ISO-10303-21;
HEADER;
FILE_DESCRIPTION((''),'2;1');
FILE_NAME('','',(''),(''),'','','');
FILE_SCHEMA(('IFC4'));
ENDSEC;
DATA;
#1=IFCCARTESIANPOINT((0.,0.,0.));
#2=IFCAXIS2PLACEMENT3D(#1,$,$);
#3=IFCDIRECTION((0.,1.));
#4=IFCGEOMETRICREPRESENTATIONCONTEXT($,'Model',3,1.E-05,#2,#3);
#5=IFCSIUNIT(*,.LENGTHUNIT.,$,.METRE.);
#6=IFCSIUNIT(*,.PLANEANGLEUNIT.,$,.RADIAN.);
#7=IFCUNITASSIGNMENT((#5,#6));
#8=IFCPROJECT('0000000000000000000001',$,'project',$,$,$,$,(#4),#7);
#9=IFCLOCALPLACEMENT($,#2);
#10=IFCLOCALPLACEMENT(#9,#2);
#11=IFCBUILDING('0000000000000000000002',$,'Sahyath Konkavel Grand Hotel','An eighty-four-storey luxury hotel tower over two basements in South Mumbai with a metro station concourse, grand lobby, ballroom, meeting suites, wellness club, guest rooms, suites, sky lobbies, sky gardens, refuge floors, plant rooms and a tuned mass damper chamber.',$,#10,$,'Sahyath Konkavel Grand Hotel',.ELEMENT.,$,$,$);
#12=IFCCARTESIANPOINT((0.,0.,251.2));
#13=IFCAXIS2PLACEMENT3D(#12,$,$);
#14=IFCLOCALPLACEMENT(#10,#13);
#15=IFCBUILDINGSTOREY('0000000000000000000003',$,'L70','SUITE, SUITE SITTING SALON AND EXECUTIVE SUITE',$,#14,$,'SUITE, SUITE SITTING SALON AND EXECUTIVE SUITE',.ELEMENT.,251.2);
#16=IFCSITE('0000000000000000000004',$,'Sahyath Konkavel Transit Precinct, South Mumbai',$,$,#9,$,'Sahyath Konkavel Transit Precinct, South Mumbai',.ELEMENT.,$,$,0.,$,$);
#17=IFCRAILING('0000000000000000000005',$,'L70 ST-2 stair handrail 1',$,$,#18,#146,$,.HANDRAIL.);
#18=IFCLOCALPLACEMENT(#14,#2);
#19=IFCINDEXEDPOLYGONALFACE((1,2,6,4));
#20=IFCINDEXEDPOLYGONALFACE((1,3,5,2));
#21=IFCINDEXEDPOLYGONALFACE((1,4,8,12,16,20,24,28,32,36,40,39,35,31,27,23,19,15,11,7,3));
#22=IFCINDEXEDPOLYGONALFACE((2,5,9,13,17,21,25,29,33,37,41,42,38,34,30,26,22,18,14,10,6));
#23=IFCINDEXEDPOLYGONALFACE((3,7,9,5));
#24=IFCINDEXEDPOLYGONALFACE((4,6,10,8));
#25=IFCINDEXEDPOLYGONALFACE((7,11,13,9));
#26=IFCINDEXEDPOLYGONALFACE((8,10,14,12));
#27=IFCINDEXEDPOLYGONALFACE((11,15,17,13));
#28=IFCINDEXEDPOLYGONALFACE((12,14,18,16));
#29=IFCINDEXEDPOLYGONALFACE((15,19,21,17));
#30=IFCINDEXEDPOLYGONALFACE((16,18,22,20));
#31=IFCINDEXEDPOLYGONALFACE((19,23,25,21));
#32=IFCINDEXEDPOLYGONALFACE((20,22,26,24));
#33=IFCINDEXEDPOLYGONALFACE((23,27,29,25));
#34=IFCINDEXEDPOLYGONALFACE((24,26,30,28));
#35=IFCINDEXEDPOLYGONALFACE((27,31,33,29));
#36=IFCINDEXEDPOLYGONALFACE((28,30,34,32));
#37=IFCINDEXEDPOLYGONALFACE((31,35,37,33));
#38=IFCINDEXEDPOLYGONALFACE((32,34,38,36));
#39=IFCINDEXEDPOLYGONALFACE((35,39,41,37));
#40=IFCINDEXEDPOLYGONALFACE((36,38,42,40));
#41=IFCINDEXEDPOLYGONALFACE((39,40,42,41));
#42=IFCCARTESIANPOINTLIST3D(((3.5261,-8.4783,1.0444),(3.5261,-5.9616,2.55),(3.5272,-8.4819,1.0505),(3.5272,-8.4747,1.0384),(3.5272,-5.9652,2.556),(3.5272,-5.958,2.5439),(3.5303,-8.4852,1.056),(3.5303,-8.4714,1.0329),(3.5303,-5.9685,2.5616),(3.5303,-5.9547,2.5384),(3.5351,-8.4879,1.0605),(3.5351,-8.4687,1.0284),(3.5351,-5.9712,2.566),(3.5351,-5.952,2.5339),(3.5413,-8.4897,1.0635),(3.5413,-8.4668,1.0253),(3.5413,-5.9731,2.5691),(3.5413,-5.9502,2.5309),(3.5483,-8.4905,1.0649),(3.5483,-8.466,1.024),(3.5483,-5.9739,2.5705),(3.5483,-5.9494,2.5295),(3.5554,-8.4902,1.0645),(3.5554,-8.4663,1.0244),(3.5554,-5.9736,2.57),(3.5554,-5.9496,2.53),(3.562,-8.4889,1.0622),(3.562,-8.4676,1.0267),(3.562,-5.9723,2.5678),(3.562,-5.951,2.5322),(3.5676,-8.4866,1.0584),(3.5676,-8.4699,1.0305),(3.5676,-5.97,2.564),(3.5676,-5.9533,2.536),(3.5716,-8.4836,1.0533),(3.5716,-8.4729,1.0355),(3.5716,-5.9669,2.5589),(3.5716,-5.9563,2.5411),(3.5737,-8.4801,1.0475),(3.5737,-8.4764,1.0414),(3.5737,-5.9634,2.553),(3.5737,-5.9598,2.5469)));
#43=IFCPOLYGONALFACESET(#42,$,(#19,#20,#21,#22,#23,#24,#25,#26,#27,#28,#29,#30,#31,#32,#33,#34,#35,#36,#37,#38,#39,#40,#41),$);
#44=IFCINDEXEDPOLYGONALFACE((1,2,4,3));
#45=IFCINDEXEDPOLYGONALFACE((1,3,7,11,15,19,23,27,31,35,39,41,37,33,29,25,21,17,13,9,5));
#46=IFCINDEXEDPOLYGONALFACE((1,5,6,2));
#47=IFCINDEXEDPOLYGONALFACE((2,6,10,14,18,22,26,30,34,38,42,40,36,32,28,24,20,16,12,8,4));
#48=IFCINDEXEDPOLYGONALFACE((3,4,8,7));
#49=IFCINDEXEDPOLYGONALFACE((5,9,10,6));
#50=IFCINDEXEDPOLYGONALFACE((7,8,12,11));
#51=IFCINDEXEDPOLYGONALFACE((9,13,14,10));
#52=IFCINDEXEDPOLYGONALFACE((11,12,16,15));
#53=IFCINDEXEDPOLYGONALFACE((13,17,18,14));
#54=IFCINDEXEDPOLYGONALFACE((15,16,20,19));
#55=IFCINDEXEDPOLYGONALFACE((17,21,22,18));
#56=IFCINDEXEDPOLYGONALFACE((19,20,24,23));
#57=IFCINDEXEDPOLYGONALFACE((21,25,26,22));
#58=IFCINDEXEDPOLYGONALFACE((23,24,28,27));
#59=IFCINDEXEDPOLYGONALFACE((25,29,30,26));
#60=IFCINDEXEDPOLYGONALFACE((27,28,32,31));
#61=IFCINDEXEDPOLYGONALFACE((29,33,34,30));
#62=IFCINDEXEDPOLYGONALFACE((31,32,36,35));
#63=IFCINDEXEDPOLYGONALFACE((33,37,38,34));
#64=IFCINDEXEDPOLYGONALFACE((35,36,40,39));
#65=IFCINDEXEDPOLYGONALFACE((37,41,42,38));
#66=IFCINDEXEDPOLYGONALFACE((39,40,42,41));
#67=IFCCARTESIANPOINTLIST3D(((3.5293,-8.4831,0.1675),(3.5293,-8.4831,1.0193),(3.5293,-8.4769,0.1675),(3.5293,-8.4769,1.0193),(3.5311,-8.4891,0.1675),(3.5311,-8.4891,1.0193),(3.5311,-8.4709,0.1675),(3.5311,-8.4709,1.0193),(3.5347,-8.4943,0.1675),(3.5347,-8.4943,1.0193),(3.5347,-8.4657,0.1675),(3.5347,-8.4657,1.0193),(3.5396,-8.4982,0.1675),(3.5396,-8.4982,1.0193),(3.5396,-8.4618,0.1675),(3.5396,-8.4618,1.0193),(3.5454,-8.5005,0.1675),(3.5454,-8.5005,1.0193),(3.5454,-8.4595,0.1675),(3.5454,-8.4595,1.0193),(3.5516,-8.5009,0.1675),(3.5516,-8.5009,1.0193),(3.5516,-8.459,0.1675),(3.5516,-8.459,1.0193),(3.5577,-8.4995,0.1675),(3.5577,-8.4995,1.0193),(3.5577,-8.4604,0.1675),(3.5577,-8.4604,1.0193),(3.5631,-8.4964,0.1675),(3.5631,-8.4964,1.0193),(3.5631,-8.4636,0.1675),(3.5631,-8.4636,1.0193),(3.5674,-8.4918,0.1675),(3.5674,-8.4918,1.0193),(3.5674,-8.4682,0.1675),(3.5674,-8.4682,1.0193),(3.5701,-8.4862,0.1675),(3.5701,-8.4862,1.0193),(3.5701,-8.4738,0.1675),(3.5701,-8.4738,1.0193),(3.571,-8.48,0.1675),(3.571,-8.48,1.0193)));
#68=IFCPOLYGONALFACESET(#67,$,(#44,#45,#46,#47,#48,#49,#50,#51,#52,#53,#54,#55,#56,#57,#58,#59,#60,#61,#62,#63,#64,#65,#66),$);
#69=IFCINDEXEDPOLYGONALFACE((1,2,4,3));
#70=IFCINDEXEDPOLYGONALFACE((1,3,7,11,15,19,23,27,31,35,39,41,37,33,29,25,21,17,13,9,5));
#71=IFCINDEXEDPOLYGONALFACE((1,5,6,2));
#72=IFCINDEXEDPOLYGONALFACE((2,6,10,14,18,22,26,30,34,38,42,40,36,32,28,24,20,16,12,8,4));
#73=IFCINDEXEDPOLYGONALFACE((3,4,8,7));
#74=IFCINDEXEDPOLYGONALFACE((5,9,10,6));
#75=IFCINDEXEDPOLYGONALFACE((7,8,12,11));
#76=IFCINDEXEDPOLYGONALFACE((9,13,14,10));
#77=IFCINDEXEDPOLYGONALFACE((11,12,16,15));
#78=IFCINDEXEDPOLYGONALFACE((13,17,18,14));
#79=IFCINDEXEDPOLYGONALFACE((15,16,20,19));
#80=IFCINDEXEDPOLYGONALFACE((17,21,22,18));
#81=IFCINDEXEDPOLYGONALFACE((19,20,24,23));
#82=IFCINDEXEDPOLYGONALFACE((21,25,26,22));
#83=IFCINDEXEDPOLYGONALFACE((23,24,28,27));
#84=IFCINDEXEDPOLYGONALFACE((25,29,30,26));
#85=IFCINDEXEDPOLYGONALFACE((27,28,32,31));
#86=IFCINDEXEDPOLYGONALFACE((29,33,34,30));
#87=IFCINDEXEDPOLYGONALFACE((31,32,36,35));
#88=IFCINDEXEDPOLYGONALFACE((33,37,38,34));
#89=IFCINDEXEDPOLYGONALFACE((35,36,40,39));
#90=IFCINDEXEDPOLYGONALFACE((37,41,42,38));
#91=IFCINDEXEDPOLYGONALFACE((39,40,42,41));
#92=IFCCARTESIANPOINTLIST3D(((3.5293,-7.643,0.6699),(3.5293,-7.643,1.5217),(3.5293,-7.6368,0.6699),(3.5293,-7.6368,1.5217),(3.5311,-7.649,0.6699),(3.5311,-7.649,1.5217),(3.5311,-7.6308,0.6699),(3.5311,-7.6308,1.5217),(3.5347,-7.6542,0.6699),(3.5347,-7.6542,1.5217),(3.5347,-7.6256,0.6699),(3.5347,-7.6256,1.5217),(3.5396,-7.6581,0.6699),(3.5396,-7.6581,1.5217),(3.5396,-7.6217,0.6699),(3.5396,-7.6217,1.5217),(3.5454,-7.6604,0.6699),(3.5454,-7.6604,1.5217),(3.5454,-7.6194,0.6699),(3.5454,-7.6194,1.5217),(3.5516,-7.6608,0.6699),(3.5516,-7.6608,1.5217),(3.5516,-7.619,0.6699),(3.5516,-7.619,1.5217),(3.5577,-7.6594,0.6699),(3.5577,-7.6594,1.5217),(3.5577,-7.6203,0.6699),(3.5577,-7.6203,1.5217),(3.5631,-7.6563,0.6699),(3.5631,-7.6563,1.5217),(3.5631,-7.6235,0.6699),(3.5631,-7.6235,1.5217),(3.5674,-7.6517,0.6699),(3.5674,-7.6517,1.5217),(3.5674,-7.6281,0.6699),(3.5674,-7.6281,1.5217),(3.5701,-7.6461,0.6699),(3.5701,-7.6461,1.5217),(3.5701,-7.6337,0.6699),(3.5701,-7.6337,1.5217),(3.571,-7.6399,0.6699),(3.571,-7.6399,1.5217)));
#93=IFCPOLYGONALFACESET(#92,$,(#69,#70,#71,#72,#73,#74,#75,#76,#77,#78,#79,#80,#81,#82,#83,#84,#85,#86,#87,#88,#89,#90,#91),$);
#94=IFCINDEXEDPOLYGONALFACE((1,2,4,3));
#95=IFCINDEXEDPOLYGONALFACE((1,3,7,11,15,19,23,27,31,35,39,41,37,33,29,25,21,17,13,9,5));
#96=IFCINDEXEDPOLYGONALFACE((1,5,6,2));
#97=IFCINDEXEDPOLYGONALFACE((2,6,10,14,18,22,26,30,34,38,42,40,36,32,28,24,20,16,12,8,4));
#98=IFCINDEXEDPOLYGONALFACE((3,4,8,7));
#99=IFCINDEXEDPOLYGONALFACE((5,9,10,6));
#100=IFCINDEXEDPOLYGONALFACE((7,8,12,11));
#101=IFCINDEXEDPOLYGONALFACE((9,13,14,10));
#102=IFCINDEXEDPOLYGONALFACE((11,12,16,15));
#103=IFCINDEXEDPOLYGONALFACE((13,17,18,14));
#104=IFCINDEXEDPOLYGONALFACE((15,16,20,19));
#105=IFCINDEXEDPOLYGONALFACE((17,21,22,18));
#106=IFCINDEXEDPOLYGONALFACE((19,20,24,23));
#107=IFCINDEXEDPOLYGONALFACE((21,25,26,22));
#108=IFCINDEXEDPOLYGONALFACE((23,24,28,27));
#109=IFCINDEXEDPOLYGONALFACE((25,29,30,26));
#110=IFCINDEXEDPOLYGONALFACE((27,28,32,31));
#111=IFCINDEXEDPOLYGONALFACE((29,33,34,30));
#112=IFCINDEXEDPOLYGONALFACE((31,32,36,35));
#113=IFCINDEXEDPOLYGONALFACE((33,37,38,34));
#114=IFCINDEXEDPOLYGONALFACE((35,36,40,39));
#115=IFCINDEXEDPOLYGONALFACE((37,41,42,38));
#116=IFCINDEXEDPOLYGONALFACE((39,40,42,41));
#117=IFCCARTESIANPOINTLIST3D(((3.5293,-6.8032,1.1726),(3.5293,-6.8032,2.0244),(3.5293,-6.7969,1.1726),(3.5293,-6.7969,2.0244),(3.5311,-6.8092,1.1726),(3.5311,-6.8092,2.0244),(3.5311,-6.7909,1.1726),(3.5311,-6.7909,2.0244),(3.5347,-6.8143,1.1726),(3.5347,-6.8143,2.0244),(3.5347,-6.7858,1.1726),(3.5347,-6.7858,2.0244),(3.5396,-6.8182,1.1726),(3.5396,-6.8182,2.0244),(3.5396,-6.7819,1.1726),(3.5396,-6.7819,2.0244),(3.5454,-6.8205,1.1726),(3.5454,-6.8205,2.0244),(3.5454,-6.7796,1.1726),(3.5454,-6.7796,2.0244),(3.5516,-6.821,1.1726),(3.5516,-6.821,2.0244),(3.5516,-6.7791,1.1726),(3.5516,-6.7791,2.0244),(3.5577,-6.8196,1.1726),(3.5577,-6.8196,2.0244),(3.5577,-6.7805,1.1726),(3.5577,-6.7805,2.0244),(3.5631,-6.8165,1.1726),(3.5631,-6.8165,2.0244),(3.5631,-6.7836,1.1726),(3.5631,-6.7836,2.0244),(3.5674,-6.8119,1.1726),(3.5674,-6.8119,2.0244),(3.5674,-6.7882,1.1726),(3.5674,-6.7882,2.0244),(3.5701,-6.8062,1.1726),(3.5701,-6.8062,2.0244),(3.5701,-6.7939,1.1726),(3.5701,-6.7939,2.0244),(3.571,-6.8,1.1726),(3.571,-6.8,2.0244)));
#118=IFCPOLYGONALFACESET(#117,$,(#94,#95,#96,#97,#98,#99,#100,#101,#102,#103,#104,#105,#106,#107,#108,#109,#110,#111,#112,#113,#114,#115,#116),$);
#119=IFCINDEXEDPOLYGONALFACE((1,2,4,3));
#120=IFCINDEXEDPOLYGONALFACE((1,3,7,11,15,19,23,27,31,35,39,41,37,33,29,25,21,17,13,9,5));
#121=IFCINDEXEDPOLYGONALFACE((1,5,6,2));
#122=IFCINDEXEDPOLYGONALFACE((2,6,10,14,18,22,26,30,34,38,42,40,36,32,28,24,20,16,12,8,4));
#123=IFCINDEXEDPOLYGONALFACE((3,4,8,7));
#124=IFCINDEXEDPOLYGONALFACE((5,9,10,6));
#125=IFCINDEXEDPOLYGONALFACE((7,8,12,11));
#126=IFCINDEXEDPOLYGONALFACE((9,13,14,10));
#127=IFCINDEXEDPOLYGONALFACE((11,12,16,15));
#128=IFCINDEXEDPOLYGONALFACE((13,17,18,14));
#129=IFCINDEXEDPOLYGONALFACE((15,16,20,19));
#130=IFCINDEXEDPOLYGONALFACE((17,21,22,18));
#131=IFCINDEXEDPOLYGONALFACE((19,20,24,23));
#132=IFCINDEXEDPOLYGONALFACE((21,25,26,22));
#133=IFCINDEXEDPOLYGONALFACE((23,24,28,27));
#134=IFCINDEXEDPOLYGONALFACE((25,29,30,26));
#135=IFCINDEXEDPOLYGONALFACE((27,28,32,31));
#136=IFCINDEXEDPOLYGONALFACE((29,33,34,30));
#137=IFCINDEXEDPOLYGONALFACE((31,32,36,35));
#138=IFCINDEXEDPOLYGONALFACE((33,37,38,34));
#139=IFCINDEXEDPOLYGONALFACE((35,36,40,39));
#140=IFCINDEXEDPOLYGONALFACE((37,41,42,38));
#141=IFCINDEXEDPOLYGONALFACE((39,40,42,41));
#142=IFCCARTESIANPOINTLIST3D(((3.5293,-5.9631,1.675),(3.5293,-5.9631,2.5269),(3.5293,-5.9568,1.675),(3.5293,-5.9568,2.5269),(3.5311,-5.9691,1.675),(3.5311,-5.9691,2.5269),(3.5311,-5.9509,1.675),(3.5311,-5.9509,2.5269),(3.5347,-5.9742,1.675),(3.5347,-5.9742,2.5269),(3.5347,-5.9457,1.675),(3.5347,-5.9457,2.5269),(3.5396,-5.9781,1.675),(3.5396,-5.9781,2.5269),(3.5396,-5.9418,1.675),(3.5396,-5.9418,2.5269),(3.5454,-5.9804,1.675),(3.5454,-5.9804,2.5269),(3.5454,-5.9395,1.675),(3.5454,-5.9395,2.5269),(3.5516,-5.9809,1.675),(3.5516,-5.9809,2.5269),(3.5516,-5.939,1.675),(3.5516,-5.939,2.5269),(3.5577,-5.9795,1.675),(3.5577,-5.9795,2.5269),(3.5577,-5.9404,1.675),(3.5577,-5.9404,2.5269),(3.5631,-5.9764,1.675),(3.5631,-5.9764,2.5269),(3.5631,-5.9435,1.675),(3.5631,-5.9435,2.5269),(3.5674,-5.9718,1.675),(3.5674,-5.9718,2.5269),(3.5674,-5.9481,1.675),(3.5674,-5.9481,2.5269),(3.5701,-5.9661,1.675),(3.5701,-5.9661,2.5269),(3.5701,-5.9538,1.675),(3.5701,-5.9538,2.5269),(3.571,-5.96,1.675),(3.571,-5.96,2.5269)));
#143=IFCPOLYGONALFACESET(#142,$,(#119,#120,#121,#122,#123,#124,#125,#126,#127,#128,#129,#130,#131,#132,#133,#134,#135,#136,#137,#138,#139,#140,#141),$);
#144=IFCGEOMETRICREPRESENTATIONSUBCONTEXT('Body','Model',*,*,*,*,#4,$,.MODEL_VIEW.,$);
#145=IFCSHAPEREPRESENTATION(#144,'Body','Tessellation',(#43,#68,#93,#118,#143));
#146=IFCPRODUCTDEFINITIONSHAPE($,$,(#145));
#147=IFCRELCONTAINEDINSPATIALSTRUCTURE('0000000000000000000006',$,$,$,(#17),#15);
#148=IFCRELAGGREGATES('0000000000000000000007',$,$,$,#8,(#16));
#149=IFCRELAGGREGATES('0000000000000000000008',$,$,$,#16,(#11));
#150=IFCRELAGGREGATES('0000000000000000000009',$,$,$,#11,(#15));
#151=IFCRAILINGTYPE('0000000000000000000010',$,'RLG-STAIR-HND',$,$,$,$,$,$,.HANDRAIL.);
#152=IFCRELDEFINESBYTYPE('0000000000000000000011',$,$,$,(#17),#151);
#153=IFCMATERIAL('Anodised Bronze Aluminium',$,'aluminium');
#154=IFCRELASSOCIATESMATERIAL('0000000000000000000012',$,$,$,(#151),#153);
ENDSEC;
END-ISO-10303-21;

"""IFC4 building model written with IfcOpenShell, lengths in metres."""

from ifc_helpers import new_model, si_unit, direction, frame, origin, origin_2d, place, context, subcontext, project, spatial, circle, extrude, material, type_object, element, save


model = new_model("IFC4")

# Units and contexts
model_context = context("Model", 3, precision=1e-05, world=origin(), true_north=direction((0.0, 1.0)))
body_context = subcontext(model_context, "Body", "Model", "MODEL_VIEW")
ifc_project = project(units=[si_unit("LENGTHUNIT", "METRE"), si_unit("PLANEANGLEUNIT", "RADIAN")], contexts=[model_context])

# Site, building, storey
site_placement = place(None, origin())
site = spatial("IfcSite", under=ifc_project, at=site_placement, Name="Sahyath Konkavel Transit Precinct, South Mumbai", LongName="Sahyath Konkavel Transit Precinct, South Mumbai", CompositionType="ELEMENT", RefElevation=0.0)
building_placement = place(site_placement, origin())
building = spatial("IfcBuilding", under=site, at=building_placement, Name="Sahyath Konkavel Grand Hotel", Description="An eighty-four-storey luxury hotel tower over two basements in South Mumbai with a metro station concourse, grand lobby, ballroom, meeting suites, wellness club, guest rooms, suites, sky lobbies, sky gardens, refuge floors, plant rooms and a tuned mass damper chamber.", LongName="Sahyath Konkavel Grand Hotel", CompositionType="ELEMENT")
storey_placement = place(building_placement, frame((0.0, 0.0, 251.2)))
storey = spatial("IfcBuildingStorey", under=building, at=storey_placement, Name="L70", Description="SUITE, SUITE SITTING SALON AND EXECUTIVE SUITE", LongName="SUITE, SUITE SITTING SALON AND EXECUTIVE SUITE", CompositionType="ELEMENT", Elevation=251.2)

# Shared definitions
ifc_material_1 = material(Name="Anodised Bronze Aluminium", Category="aluminium")

# Railing
railing_type_1 = type_object("IfcRailingType", Name="RLG-STAIR-HND", PredefinedType="HANDRAIL", material=ifc_material_1)
railing_1_placement = place(storey_placement, frame((3.55, -8.48, 0.1675)))
element("IfcRailing", 1, at=railing_1_placement, inside=storey, type_object=railing_type_1, Name="L70 ST-2 stair handrail 1", PredefinedType="HANDRAIL", context=body_context, shape_type="SweptSolid", body=[
    extrude(circle(Radius=0.0239, at=origin_2d()), frame((0.0, 0.0017, 0.877), z_axis=(0.0, 0.85816, 0.513383), x_axis=(-1.0, 0.0, 0.0)), (0.0, 0.0, 1.0), 2.9326),
    extrude(circle(Radius=0.021, at=origin_2d()), origin(), (0.0, 0.0, 1.0), 0.8518),
    extrude(circle(Radius=0.021, at=origin_2d()), frame((0.0, 0.8401, 0.5024)), (0.0, 0.0, 1.0), 0.8518),
    extrude(circle(Radius=0.021, at=origin_2d()), frame((0.0, 1.6799, 1.0051)), (0.0, 0.0, 1.0), 0.8518),
    extrude(circle(Radius=0.021, at=origin_2d()), frame((0.0, 2.52, 1.5076)), (0.0, 0.0, 1.0), 0.8518),
])

save(model, "model.ifc")
